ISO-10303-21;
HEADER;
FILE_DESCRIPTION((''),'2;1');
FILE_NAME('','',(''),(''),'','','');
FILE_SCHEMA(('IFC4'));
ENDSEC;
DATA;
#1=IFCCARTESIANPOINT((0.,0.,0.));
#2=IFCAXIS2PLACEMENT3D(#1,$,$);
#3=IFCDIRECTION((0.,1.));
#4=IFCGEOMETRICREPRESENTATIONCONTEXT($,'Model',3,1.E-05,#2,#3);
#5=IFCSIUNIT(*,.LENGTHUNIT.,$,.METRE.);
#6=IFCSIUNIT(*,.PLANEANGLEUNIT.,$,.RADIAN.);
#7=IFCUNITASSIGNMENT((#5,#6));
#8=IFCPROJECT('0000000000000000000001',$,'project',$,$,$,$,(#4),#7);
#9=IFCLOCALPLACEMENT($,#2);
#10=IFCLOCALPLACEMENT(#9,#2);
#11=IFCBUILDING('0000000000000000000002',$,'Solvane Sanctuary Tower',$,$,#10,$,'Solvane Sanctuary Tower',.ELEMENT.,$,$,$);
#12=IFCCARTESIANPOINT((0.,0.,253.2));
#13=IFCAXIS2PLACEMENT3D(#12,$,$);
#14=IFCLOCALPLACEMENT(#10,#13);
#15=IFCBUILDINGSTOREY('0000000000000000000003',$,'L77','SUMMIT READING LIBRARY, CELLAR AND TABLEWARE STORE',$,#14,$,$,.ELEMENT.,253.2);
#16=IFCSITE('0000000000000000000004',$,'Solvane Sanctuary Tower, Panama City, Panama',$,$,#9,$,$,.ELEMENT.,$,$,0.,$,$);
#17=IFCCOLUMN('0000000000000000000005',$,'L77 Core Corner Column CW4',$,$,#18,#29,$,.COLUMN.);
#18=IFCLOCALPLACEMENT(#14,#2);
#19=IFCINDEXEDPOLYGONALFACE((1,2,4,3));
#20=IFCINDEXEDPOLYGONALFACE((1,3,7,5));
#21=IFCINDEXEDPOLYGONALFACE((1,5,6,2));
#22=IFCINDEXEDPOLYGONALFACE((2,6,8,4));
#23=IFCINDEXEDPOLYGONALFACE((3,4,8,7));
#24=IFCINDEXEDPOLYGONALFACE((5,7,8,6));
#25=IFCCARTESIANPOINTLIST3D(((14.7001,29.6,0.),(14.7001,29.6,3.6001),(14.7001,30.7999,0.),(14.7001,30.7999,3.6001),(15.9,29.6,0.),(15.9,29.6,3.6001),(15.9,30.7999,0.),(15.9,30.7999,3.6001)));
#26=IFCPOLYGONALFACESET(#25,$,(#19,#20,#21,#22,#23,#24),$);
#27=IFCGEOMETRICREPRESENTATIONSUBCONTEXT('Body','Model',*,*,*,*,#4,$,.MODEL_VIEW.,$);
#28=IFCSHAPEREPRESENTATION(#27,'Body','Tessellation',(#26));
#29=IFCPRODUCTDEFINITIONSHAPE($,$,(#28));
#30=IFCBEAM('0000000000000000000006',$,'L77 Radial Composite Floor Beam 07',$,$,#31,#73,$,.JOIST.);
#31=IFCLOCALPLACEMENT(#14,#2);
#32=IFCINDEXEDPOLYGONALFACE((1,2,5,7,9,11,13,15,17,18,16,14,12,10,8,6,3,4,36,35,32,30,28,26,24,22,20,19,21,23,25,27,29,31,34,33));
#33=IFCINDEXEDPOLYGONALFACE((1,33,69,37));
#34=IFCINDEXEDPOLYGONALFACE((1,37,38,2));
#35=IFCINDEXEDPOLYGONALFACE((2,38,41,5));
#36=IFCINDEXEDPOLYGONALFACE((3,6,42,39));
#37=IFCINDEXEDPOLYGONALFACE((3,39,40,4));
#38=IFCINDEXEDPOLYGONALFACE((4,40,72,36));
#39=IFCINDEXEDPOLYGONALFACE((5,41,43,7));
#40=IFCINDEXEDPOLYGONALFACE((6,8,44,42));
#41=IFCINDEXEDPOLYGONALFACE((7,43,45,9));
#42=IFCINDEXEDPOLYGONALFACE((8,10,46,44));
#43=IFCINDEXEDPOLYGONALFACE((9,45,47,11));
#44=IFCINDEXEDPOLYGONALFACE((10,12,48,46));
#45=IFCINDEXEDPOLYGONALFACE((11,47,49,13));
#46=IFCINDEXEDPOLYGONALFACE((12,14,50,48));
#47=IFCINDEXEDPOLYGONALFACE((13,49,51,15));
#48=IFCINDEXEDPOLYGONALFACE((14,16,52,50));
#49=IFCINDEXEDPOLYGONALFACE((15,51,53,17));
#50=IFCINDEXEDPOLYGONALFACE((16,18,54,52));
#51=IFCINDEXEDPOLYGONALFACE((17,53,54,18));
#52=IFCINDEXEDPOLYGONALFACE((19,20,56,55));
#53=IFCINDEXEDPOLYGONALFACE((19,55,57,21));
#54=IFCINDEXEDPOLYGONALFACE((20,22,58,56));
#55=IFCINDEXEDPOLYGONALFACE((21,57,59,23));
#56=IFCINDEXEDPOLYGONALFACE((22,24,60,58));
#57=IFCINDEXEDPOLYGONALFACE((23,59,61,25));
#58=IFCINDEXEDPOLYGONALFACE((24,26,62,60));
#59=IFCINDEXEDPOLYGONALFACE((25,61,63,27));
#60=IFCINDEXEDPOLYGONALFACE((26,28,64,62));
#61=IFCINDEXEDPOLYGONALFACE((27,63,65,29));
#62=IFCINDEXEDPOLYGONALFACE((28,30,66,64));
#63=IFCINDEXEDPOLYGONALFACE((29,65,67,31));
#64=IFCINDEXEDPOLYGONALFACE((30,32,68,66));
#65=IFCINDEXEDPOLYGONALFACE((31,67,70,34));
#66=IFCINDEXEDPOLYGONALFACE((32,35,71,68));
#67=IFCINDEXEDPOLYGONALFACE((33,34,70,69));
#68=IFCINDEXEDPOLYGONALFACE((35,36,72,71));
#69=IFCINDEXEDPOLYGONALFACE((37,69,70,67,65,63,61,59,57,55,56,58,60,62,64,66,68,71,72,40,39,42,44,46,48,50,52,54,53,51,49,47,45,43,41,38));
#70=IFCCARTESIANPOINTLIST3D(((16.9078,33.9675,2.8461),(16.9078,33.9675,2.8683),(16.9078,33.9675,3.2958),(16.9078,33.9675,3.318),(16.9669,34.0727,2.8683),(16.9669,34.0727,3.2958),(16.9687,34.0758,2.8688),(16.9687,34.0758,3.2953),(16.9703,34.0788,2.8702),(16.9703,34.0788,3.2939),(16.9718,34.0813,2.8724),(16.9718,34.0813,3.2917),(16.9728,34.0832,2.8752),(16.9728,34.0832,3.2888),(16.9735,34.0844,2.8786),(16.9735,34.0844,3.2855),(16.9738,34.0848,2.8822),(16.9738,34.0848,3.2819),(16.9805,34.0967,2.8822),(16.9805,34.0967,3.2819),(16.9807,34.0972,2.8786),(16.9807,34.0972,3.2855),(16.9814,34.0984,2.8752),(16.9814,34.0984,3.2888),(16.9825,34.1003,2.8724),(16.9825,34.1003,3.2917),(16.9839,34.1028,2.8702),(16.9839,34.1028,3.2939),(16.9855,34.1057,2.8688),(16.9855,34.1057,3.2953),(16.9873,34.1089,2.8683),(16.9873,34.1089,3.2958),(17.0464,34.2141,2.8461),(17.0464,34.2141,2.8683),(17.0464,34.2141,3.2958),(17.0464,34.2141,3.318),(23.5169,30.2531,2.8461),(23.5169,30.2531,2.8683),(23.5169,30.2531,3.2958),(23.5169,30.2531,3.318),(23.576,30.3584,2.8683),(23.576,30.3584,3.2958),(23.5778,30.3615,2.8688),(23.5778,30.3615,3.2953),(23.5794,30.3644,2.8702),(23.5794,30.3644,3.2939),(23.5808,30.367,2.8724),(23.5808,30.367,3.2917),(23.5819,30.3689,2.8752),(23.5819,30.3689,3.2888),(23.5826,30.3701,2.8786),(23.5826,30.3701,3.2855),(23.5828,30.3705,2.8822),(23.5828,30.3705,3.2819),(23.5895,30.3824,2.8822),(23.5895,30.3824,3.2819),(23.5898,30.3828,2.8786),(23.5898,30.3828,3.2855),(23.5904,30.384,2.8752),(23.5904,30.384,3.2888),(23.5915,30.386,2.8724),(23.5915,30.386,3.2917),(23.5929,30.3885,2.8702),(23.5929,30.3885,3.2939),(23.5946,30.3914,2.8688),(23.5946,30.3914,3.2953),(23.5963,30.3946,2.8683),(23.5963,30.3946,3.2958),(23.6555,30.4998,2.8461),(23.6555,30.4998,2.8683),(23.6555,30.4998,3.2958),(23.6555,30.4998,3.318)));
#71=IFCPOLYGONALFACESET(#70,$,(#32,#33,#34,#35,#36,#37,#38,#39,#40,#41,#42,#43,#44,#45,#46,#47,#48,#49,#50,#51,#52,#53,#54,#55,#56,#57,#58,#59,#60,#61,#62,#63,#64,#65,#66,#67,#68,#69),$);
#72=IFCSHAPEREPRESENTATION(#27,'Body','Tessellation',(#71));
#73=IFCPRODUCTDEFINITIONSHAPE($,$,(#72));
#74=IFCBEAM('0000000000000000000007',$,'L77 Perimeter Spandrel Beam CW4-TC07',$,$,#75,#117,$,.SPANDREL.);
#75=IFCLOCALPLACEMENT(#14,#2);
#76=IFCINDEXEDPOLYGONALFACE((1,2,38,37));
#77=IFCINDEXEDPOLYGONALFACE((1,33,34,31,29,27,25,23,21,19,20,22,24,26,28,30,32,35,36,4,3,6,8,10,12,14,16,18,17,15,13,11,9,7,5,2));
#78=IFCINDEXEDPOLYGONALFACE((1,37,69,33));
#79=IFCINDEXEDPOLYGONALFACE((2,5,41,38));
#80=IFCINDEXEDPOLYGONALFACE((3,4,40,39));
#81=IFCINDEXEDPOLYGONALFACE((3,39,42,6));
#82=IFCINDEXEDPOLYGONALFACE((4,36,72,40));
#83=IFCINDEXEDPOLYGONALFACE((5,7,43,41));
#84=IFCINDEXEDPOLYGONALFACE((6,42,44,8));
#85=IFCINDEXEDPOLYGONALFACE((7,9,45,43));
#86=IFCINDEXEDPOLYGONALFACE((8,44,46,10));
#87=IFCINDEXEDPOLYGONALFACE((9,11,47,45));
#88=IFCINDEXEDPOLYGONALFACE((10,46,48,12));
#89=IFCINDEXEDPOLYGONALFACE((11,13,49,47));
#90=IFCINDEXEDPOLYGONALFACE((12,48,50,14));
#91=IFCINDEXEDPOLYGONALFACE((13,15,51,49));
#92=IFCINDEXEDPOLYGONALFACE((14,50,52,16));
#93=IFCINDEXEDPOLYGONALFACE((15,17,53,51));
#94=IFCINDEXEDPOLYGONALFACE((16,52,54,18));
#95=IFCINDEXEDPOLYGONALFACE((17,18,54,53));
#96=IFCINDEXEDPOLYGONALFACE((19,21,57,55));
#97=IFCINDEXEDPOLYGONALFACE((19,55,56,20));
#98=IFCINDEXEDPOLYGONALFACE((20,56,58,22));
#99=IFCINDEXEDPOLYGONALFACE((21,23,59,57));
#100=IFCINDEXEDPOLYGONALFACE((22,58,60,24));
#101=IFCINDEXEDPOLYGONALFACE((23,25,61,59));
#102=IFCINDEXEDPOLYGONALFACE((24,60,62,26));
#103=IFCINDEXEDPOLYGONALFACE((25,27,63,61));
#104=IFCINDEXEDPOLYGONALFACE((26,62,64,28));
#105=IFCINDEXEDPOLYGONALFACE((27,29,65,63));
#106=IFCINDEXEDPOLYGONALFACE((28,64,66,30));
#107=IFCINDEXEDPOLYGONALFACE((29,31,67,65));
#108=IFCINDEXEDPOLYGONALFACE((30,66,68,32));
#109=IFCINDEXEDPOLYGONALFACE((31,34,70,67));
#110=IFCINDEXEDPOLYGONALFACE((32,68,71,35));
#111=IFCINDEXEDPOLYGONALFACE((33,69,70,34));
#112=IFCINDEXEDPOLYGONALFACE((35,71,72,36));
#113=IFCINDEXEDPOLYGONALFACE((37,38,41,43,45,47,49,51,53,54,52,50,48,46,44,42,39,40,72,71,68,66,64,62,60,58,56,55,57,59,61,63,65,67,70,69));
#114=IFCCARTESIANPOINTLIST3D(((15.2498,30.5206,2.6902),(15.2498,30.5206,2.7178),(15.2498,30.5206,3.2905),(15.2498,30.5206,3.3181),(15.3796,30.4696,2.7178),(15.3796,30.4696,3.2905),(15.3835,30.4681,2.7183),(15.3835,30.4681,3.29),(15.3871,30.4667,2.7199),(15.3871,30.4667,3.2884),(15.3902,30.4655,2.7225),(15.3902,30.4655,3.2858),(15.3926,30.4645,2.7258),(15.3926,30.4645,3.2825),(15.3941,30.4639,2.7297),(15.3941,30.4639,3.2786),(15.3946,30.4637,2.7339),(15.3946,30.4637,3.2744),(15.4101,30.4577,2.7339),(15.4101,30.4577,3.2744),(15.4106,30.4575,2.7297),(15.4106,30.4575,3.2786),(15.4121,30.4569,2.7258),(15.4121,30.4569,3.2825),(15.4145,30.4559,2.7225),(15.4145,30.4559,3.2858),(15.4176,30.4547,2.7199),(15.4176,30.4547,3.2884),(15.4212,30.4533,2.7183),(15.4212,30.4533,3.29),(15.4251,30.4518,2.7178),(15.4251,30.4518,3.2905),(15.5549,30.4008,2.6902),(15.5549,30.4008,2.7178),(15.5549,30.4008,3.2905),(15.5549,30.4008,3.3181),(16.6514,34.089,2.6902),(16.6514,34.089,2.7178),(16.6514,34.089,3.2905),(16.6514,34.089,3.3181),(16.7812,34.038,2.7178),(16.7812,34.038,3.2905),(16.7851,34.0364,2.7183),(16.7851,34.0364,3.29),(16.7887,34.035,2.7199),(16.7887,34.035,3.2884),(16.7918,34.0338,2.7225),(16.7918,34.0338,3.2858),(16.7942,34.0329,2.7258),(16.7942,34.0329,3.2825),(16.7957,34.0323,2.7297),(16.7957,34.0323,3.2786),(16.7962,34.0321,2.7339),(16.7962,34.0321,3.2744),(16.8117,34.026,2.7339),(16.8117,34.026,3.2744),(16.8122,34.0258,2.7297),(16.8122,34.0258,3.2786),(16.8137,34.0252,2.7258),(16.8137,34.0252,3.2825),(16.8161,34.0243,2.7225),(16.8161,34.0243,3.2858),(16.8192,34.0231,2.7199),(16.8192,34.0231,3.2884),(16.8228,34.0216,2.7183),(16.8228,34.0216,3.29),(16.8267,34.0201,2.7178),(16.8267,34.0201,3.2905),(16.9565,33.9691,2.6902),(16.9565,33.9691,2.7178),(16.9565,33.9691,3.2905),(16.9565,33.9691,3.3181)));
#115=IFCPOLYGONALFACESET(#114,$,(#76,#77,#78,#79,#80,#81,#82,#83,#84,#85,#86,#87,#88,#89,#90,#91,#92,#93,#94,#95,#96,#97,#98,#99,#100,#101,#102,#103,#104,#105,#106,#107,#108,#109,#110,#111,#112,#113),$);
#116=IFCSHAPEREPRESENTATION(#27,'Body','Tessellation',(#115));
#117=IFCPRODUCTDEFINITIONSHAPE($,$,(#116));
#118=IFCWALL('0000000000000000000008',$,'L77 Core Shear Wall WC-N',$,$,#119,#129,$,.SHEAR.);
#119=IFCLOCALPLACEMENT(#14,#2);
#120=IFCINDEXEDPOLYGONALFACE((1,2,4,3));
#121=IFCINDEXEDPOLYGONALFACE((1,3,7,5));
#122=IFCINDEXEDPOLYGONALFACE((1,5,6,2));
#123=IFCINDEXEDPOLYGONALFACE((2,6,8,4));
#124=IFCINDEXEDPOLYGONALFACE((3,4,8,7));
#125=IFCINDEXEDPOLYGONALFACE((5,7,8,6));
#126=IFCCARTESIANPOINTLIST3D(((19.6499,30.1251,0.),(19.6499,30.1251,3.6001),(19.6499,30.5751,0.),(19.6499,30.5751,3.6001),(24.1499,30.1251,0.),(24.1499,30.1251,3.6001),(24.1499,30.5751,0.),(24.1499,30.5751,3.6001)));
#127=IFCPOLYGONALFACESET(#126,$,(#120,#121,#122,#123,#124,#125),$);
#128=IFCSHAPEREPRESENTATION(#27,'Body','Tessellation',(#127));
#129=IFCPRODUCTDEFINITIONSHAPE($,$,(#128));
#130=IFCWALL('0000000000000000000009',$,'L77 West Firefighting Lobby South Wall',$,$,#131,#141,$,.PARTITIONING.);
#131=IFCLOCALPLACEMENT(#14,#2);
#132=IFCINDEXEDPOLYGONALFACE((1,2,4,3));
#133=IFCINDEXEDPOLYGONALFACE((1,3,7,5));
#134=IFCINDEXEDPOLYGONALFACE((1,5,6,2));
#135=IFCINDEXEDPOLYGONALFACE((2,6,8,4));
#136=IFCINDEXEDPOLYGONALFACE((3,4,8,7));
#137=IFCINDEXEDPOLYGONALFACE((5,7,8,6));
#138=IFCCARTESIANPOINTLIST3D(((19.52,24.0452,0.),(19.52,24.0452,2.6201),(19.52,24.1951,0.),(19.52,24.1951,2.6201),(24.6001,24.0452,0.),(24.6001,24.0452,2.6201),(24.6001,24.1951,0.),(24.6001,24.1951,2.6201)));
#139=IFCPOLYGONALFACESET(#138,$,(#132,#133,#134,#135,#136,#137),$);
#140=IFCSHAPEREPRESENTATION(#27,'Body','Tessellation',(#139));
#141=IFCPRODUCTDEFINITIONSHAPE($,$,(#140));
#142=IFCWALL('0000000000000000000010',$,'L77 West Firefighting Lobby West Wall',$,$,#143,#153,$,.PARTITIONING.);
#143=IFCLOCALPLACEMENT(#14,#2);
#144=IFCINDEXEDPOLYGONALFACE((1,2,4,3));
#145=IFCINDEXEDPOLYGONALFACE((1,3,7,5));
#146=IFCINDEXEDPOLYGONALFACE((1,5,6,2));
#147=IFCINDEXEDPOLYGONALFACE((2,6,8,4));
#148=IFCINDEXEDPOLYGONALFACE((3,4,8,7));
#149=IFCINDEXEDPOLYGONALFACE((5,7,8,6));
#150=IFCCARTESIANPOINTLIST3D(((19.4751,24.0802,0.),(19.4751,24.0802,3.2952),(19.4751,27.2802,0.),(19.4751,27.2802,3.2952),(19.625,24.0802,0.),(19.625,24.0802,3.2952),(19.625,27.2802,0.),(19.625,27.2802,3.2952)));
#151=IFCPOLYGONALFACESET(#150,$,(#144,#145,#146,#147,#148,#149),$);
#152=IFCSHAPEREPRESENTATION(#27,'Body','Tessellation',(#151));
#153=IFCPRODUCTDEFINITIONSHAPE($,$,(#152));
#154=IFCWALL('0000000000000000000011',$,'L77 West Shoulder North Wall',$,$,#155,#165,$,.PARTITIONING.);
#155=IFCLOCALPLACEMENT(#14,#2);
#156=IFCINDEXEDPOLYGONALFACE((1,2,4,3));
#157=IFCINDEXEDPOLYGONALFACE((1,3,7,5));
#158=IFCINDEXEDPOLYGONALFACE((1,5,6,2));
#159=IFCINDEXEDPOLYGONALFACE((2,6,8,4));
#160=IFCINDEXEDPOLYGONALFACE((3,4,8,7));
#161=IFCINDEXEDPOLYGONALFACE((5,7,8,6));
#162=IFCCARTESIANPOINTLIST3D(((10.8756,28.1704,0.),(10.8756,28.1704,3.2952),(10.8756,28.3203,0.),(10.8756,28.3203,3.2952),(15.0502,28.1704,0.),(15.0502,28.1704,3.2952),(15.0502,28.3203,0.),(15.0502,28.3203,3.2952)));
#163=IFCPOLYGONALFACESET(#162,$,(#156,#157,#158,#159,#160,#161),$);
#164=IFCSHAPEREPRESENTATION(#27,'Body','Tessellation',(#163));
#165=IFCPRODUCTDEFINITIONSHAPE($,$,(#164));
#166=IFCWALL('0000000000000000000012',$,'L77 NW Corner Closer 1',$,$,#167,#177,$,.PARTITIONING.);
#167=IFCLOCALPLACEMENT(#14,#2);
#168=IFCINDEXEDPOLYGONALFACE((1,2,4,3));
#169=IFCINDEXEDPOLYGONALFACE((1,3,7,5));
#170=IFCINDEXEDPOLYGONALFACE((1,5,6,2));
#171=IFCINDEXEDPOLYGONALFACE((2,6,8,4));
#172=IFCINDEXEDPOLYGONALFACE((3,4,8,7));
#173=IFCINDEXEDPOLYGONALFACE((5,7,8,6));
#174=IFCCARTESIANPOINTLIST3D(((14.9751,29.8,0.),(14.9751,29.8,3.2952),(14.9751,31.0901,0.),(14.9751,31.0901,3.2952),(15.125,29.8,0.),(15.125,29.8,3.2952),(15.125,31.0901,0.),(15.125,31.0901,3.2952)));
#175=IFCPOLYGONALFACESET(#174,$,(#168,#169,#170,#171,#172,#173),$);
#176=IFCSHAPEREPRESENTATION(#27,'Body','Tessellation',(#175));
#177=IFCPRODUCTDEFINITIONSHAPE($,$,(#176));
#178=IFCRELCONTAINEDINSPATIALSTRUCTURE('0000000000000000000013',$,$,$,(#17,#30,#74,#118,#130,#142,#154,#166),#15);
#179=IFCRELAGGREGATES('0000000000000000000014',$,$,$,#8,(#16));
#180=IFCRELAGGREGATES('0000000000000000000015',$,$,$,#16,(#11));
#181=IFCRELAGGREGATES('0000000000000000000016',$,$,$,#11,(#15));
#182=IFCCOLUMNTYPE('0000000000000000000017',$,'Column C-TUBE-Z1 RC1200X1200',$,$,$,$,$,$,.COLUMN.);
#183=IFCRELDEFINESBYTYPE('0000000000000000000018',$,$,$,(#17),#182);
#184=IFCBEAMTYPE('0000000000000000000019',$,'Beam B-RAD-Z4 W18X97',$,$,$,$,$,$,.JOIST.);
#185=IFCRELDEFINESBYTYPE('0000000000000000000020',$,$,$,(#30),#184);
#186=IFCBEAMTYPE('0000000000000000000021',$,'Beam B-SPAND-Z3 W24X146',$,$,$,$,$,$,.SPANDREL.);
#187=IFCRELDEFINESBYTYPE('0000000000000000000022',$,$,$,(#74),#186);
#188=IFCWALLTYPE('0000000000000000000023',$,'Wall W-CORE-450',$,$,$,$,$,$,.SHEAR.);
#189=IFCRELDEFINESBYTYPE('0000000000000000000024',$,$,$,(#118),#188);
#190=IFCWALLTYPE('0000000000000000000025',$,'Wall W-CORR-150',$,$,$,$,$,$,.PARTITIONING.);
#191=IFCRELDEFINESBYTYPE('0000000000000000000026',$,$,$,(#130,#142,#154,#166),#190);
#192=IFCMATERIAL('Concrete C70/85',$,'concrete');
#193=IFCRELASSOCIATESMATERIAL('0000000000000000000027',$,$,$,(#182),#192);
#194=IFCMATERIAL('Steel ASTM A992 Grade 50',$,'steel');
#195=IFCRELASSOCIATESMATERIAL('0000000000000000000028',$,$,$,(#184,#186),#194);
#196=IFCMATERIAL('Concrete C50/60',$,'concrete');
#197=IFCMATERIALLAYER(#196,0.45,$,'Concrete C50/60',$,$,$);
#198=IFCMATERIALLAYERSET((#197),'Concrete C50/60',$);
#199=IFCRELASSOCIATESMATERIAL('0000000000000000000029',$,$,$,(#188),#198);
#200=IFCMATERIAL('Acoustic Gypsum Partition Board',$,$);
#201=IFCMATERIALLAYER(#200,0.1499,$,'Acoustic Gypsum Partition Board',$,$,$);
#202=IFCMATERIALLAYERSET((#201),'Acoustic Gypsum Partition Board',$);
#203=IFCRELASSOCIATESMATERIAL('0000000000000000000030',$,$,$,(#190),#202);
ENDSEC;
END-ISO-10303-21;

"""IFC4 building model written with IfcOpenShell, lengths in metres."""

from ifc_helpers import new_model, si_unit, direction, frame, frame_2d, origin, origin_2d, place, context, subcontext, project, spatial, rectangle, i_section, extrude, material, layer, layer_set, material_profile, profile_set, type_object, element, save


model = new_model("IFC4")

# Units and contexts
model_context = context("Model", 3, precision=1e-05, world=origin(), true_north=direction((0.0, 1.0)))
body_context = subcontext(model_context, "Body", "Model", "MODEL_VIEW")
ifc_project = project(units=[si_unit("LENGTHUNIT", "METRE"), si_unit("PLANEANGLEUNIT", "RADIAN")], contexts=[model_context])

# Site, building, storey
site_placement = place(None, origin())
site = spatial("IfcSite", under=ifc_project, at=site_placement, Name="Solvane Sanctuary Tower, Panama City, Panama", CompositionType="ELEMENT", RefElevation=0.0)
building_placement = place(site_placement, origin())
building = spatial("IfcBuilding", under=site, at=building_placement, Name="Solvane Sanctuary Tower", LongName="Solvane Sanctuary Tower", CompositionType="ELEMENT")
storey_placement = place(building_placement, frame((0.0, 0.0, 253.2)))
storey = spatial("IfcBuildingStorey", under=building, at=storey_placement, Name="L77", Description="SUMMIT READING LIBRARY, CELLAR AND TABLEWARE STORE", CompositionType="ELEMENT", Elevation=253.2)

# Column
ifc_material_1 = material(Name="Concrete C70/85", Category="concrete")
ifc_material_profile_1 = material_profile(ifc_material_1, rectangle(XDim=1.2, YDim=1.2, at=origin_2d()), Name="RC1200X1200")
ifc_profile_set_1 = profile_set([ifc_material_profile_1], Name="Concrete C70/85")
column_type = type_object("IfcColumnType", Name="Column C-TUBE-Z1 RC1200X1200", PredefinedType="COLUMN", material=ifc_profile_set_1)
column_placement = place(storey_placement, frame((15.3, 30.2, 0.0), z_axis=(0.0, 0.0, 1.0), x_axis=(1.0, 0.0, 0.0)))
element("IfcColumn", 1, at=column_placement, inside=storey, type_object=column_type, Name="L77 Core Corner Column CW4", PredefinedType="COLUMN", context=body_context, shape_type="SweptSolid", body=[
    extrude(rectangle(XDim=1.2, YDim=1.2, at=origin_2d()), origin(), (0.0, 0.0, 1.0), 3.6001),
])

# Beams
ifc_material_2 = material(Name="Steel ASTM A992 Grade 50", Category="steel")
ifc_material_profile_2 = material_profile(ifc_material_2, i_section(OverallWidth=0.283, OverallDepth=0.4719, WebThickness=0.0137, FlangeThickness=0.0222, FilletRadius=0.0139, at=origin_2d()), Name="W18X97")
ifc_profile_set_2 = profile_set([ifc_material_profile_2], Name="Steel ASTM A992 Grade 50")
beam_type_1 = type_object("IfcBeamType", Name="Beam B-RAD-Z4 W18X97", PredefinedType="JOIST", material=ifc_profile_set_2)
beam_1_placement = place(storey_placement, frame((23.5862, 30.3765, 3.082), z_axis=(-0.87176, 0.489932, 0.0), x_axis=(-0.489932, -0.87176, 0.0)))
element("IfcBeam", 2, at=beam_1_placement, inside=storey, type_object=beam_type_1, Name="L77 Radial Composite Floor Beam 07", PredefinedType="JOIST", context=body_context, shape_type="SweptSolid", body=[
    extrude(i_section(OverallWidth=0.283, OverallDepth=0.4719, WebThickness=0.0137, FlangeThickness=0.0222, FilletRadius=0.0139, at=origin_2d()), origin(), (0.0, 0.0, 1.0), 7.5813),
])
ifc_material_profile_3 = material_profile(ifc_material_2, i_section(OverallWidth=0.3279, OverallDepth=0.6279, WebThickness=0.0166, FlangeThickness=0.0276, FilletRadius=0.0161, at=origin_2d()), Name="W24X146")
ifc_profile_set_3 = profile_set([ifc_material_profile_3], Name="Steel ASTM A992 Grade 50")
beam_type_2 = type_object("IfcBeamType", Name="Beam B-SPAND-Z3 W24X146", PredefinedType="SPANDREL", material=ifc_profile_set_3)
beam_2_placement = place(storey_placement, frame((15.4023, 30.4607, 3.0042), z_axis=(0.365597, 0.930773, 0.0), x_axis=(-0.930773, 0.365597, 0.0)))
element("IfcBeam", 3, at=beam_2_placement, inside=storey, type_object=beam_type_2, Name="L77 Perimeter Spandrel Beam CW4-TC07", PredefinedType="SPANDREL", context=body_context, shape_type="SweptSolid", body=[
    extrude(i_section(OverallWidth=0.3279, OverallDepth=0.6279, WebThickness=0.0166, FlangeThickness=0.0276, FilletRadius=0.0161, at=origin_2d()), origin(), (0.0, 0.0, 1.0), 3.8337),
])

# Walls
ifc_material_3 = material(Name="Concrete C50/60", Category="concrete")
ifc_layer_1 = layer(ifc_material_3, 0.45, Name="Concrete C50/60")
ifc_layer_set_1 = layer_set([ifc_layer_1], Name="Concrete C50/60")
wall_type_1 = type_object("IfcWallType", Name="Wall W-CORE-450", PredefinedType="SHEAR", material=ifc_layer_set_1)
wall_1_placement = place(storey_placement, frame((19.6499, 30.3501, 0.0), z_axis=(0.0, 0.0, 1.0), x_axis=(1.0, 0.0, 0.0)))
element("IfcWall", 4, at=wall_1_placement, inside=storey, type_object=wall_type_1, Name="L77 Core Shear Wall WC-N", PredefinedType="SHEAR", context=body_context, shape_type="SweptSolid", body=[
    extrude(rectangle(XDim=4.5, YDim=0.45, at=frame_2d((2.25, 0.0))), origin(), (0.0, 0.0, 1.0), 3.6001),
])
ifc_material_4 = material(Name="Acoustic Gypsum Partition Board")
ifc_layer_2 = layer(ifc_material_4, 0.1499, Name="Acoustic Gypsum Partition Board")
ifc_layer_set_2 = layer_set([ifc_layer_2], Name="Acoustic Gypsum Partition Board")
wall_type_2 = type_object("IfcWallType", Name="Wall W-CORR-150", PredefinedType="PARTITIONING", material=ifc_layer_set_2)
wall_2_placement = place(storey_placement, frame((19.52, 24.1201, 0.0), z_axis=(0.0, 0.0, 1.0), x_axis=(1.0, 0.0, 0.0)))
element("IfcWall", 5, at=wall_2_placement, inside=storey, type_object=wall_type_2, Name="L77 West Firefighting Lobby South Wall", PredefinedType="PARTITIONING", context=body_context, shape_type="SweptSolid", body=[
    extrude(rectangle(XDim=5.0801, YDim=0.1499, at=frame_2d((2.54, 0.0))), origin(), (0.0, 0.0, 1.0), 2.6201),
])
wall_3_placement = place(storey_placement, frame((19.55, 24.0801, 0.0), z_axis=(0.0, 0.0, 1.0), x_axis=(0.0, 1.0, 0.0)))
element("IfcWall", 6, at=wall_3_placement, inside=storey, type_object=wall_type_2, Name="L77 West Firefighting Lobby West Wall", PredefinedType="PARTITIONING", context=body_context, shape_type="SweptSolid", body=[
    extrude(rectangle(XDim=3.2, YDim=0.1499, at=frame_2d((1.6001, 0.0))), origin(), (0.0, 0.0, 1.0), 3.2952),
])
wall_4_placement = place(storey_placement, frame((10.8755, 28.2454, 0.0), z_axis=(0.0, 0.0, 1.0), x_axis=(1.0, 0.0, 0.0)))
element("IfcWall", 7, at=wall_4_placement, inside=storey, type_object=wall_type_2, Name="L77 West Shoulder North Wall", PredefinedType="PARTITIONING", context=body_context, shape_type="SweptSolid", body=[
    extrude(rectangle(XDim=4.1746, YDim=0.1499, at=frame_2d((2.0874, 0.0))), origin(), (0.0, 0.0, 1.0), 3.2952),
])
wall_5_placement = place(storey_placement, frame((15.05, 29.8, 0.0), z_axis=(0.0, 0.0, 1.0), x_axis=(0.0, 1.0, 0.0)))
element("IfcWall", 8, at=wall_5_placement, inside=storey, type_object=wall_type_2, Name="L77 NW Corner Closer 1", PredefinedType="PARTITIONING", context=body_context, shape_type="SweptSolid", body=[
    extrude(rectangle(XDim=1.29, YDim=0.1499, at=frame_2d((0.645, 0.0))), origin(), (0.0, 0.0, 1.0), 3.2952),
])

save(model, "model.ifc")
